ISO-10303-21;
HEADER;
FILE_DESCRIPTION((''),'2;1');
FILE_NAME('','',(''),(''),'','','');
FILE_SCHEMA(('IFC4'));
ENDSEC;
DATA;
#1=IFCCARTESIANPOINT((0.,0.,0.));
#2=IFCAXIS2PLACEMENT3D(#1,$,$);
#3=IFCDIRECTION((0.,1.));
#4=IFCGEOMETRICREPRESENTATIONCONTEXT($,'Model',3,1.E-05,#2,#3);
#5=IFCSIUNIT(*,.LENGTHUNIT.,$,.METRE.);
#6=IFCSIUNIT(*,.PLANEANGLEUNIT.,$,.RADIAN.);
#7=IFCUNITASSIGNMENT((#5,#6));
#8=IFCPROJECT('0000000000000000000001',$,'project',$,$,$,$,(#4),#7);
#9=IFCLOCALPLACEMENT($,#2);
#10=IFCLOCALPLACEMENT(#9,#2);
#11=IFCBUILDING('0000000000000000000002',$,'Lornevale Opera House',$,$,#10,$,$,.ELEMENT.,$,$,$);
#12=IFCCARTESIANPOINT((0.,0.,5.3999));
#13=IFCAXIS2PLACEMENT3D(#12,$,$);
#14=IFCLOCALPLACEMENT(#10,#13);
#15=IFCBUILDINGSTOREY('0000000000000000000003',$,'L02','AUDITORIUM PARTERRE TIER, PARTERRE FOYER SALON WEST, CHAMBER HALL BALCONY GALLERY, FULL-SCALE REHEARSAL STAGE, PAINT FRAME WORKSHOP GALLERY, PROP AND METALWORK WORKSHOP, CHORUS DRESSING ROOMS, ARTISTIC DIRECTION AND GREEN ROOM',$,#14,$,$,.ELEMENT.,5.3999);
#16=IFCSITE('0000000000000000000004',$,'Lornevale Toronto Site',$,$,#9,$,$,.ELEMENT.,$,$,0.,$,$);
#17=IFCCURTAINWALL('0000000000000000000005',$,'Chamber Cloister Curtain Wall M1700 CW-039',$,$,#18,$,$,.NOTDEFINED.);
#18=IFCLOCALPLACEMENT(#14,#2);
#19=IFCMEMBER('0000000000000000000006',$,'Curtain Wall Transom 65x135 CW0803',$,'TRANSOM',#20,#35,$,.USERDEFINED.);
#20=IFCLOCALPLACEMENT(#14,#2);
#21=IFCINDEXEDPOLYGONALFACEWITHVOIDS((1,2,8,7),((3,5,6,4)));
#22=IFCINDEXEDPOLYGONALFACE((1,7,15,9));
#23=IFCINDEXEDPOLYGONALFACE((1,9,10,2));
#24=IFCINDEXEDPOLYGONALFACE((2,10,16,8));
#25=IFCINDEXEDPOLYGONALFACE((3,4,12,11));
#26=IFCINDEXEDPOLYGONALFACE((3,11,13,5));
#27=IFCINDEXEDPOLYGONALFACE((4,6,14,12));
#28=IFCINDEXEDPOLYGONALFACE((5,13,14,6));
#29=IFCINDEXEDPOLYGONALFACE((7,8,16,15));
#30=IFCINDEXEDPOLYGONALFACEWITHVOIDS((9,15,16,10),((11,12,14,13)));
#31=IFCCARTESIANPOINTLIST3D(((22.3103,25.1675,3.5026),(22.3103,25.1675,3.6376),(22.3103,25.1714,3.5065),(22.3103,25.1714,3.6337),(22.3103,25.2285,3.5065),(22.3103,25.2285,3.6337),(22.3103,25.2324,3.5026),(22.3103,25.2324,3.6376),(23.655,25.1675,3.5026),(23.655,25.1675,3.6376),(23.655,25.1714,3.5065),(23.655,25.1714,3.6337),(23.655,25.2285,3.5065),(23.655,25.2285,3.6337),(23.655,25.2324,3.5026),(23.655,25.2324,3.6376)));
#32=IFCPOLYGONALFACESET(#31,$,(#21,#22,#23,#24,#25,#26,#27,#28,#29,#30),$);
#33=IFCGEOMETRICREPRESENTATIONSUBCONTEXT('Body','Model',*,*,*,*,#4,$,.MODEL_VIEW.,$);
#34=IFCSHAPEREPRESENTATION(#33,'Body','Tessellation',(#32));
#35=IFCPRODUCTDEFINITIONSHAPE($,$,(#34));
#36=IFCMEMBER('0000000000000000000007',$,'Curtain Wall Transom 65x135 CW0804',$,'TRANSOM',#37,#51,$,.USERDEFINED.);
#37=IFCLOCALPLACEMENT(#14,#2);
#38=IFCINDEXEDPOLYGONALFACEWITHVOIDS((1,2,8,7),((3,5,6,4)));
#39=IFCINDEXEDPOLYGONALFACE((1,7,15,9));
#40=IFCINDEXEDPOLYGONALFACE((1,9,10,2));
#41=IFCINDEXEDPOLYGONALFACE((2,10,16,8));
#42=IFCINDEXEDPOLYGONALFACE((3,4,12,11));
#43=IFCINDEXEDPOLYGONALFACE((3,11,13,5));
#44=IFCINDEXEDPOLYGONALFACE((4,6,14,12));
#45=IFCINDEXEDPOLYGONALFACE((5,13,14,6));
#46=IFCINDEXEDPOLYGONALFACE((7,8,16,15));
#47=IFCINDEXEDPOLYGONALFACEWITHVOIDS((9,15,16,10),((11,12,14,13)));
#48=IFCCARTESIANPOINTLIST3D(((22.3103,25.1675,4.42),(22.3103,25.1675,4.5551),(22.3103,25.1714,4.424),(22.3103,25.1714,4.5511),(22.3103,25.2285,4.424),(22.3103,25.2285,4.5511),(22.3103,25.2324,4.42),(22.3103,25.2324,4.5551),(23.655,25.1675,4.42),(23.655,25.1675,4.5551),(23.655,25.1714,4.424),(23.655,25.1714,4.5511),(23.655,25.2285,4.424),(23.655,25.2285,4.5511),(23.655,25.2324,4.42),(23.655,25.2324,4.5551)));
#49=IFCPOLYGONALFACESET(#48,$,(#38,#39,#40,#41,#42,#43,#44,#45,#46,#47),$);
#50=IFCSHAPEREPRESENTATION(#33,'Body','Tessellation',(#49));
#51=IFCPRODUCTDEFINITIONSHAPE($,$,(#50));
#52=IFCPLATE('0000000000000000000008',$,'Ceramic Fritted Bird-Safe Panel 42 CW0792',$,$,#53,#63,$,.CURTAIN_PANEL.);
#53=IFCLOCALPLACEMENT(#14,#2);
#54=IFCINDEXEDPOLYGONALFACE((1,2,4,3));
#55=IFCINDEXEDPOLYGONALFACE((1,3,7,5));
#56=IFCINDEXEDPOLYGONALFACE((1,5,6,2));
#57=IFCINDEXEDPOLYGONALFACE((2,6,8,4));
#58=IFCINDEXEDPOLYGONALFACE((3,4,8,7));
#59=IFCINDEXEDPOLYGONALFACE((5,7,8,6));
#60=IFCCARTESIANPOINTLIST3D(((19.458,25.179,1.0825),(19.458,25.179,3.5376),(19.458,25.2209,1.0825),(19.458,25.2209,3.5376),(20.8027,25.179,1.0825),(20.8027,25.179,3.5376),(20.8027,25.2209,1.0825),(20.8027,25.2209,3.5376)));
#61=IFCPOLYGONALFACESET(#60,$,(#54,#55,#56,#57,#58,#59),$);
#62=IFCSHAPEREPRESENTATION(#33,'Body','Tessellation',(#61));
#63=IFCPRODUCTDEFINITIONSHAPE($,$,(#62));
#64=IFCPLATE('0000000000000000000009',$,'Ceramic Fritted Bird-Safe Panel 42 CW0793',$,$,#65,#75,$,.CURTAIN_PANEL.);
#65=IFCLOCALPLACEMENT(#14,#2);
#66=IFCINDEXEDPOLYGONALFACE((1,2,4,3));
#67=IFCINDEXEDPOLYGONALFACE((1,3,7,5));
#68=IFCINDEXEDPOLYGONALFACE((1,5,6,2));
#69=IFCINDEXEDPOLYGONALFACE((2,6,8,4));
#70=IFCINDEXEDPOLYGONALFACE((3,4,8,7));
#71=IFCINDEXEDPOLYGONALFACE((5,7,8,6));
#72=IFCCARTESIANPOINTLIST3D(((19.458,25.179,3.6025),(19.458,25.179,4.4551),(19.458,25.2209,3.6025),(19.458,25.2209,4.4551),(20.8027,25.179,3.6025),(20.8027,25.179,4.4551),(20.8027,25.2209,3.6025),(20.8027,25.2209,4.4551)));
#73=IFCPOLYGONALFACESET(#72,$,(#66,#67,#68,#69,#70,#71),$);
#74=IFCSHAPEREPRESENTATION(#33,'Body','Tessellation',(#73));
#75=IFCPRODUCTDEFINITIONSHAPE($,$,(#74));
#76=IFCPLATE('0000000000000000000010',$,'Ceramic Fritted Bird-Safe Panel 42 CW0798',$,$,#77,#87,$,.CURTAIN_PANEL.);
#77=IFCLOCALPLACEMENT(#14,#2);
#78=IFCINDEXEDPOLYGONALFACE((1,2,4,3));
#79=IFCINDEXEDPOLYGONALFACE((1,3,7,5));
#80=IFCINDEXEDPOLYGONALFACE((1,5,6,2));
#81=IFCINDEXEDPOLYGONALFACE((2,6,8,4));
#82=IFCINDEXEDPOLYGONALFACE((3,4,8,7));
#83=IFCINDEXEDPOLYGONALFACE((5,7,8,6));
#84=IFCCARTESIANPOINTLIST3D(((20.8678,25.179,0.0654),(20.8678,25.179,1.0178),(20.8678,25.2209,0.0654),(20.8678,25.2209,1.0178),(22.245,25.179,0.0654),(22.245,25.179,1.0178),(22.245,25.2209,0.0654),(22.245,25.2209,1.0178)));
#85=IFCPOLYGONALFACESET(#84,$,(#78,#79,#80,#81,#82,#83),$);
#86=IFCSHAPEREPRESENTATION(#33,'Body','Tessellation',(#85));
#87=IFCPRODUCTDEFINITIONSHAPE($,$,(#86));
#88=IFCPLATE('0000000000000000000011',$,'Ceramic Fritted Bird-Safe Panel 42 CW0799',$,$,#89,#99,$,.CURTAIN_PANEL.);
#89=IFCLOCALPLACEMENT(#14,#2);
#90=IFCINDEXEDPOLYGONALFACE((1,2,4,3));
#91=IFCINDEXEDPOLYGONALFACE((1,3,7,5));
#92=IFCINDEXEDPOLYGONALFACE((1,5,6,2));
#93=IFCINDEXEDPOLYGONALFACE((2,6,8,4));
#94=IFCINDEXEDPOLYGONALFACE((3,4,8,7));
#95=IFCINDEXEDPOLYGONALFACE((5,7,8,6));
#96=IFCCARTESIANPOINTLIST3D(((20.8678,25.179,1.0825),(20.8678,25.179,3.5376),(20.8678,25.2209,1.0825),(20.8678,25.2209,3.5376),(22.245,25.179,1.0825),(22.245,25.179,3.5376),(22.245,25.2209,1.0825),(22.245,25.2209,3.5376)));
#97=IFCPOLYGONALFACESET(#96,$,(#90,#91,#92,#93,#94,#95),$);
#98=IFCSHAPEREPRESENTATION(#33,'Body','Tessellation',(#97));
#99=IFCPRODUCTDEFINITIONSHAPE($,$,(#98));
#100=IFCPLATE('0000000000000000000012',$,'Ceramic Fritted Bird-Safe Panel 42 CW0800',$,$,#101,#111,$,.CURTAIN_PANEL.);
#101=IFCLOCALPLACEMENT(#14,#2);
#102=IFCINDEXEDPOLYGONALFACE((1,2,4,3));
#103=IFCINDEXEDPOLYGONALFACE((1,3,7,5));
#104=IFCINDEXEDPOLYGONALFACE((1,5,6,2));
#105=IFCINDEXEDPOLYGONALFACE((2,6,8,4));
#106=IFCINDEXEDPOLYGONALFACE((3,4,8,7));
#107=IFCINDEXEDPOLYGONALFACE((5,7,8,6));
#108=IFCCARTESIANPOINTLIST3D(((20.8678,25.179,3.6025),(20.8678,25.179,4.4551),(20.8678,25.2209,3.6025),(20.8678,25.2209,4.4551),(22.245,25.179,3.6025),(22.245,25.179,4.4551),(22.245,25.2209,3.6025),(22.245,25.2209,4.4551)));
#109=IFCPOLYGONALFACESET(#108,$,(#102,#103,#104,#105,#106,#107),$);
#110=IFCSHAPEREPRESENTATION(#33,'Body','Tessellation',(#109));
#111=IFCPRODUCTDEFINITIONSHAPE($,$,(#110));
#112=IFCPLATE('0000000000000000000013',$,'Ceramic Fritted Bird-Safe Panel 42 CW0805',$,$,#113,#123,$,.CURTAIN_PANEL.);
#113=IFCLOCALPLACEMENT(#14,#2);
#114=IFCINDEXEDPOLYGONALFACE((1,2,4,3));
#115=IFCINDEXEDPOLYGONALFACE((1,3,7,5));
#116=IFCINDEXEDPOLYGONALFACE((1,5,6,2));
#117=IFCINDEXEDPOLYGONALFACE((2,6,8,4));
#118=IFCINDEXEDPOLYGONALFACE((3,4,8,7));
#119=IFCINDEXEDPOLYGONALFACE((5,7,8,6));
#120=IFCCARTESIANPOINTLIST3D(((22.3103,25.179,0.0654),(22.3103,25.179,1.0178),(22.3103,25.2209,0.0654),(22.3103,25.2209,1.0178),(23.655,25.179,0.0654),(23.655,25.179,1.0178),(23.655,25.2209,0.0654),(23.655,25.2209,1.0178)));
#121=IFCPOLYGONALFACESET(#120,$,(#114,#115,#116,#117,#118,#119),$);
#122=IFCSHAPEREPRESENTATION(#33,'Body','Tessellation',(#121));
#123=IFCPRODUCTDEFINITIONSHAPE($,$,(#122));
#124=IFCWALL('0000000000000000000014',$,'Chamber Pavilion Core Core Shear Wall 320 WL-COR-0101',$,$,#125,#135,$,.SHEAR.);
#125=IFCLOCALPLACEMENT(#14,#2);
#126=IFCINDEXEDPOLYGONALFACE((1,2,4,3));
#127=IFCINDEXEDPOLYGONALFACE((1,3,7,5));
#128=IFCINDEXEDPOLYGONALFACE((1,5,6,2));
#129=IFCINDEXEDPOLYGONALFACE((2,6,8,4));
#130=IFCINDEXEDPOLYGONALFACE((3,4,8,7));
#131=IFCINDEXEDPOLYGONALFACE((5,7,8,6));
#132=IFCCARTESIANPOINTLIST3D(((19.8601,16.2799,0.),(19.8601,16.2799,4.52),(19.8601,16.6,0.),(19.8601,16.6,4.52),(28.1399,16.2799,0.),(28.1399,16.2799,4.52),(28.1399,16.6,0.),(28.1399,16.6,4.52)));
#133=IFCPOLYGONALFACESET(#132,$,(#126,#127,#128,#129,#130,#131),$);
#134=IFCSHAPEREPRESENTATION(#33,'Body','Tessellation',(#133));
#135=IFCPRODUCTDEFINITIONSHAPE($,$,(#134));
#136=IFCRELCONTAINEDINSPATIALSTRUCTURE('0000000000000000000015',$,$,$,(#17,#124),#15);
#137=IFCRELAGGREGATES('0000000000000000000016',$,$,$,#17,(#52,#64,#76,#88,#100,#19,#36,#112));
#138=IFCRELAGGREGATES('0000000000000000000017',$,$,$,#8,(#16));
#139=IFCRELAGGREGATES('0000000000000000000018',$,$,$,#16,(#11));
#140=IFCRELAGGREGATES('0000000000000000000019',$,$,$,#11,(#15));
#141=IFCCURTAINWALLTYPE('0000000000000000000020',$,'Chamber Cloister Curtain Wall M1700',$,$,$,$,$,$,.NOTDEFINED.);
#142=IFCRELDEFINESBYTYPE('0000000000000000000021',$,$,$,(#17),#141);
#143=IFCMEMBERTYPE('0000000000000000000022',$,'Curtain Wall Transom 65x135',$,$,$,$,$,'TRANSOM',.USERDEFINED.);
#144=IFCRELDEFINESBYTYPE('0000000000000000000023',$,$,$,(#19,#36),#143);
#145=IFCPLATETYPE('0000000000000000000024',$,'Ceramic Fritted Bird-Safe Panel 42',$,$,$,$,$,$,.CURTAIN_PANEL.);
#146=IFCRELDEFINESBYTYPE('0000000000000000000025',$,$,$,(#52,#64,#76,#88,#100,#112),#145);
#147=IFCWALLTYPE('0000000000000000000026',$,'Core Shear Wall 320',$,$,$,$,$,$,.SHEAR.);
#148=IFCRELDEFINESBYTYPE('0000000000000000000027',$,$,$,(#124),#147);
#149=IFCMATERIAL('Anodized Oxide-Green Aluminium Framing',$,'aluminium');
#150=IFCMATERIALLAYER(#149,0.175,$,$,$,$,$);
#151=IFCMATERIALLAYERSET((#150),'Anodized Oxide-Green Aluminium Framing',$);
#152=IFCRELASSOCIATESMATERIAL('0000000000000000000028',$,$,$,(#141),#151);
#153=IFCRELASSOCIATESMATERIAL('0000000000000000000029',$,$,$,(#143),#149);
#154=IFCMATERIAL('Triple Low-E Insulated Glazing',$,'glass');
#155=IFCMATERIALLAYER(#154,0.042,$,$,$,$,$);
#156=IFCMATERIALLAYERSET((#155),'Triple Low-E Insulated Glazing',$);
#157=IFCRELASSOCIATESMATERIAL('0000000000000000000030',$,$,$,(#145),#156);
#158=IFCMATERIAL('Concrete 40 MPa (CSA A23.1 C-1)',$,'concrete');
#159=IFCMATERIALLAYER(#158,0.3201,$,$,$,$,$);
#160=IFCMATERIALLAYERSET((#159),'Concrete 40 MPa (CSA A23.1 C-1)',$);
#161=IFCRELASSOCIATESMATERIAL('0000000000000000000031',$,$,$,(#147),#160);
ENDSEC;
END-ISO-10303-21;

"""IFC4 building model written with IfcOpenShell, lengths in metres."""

from ifc_helpers import new_model, si_unit, direction, frame, frame_2d, origin, origin_2d, place, context, subcontext, project, spatial, rectangle, hollow_rectangle, extrude, material, layer, layer_set, material_profile, profile_set, type_object, element, aggregate, save


model = new_model("IFC4")

# Units and contexts
model_context = context("Model", 3, precision=1e-05, world=origin(), true_north=direction((0.0, 1.0)))
body_context = subcontext(model_context, "Body", "Model", "MODEL_VIEW")
ifc_project = project(units=[si_unit("LENGTHUNIT", "METRE"), si_unit("PLANEANGLEUNIT", "RADIAN")], contexts=[model_context])

# Site, building, storey
site_placement = place(None, origin())
site = spatial("IfcSite", under=ifc_project, at=site_placement, Name="Lornevale Toronto Site", CompositionType="ELEMENT", RefElevation=0.0)
building_placement = place(site_placement, origin())
building = spatial("IfcBuilding", under=site, at=building_placement, Name="Lornevale Opera House", CompositionType="ELEMENT")
storey_placement = place(building_placement, frame((0.0, 0.0, 5.3999)))
storey = spatial("IfcBuildingStorey", under=building, at=storey_placement, Name="L02", Description="AUDITORIUM PARTERRE TIER, PARTERRE FOYER SALON WEST, CHAMBER HALL BALCONY GALLERY, FULL-SCALE REHEARSAL STAGE, PAINT FRAME WORKSHOP GALLERY, PROP AND METALWORK WORKSHOP, CHORUS DRESSING ROOMS, ARTISTIC DIRECTION AND GREEN ROOM", CompositionType="ELEMENT", Elevation=5.3999)

# Curtain wall, members, plates
ifc_material_1 = material(Name="Anodized Oxide-Green Aluminium Framing", Category="aluminium")
ifc_layer_1 = layer(ifc_material_1, 0.175)
ifc_layer_set_1 = layer_set([ifc_layer_1], Name="Anodized Oxide-Green Aluminium Framing")
curtain_wall_type = type_object("IfcCurtainWallType", Name="Chamber Cloister Curtain Wall M1700", PredefinedType="NOTDEFINED", material=ifc_layer_set_1)
curtain_wall_placement = place(storey_placement, origin())
curtain_wall = element("IfcCurtainWall", 1, at=curtain_wall_placement, inside=storey, type_object=curtain_wall_type, Name="Chamber Cloister Curtain Wall M1700 CW-039", PredefinedType="NOTDEFINED")
ifc_material_profile_1 = material_profile(ifc_material_1, hollow_rectangle(XDim=0.0649, YDim=0.135, WallThickness=0.0039, at=origin_2d()), Name="ALU65x135x4")
ifc_profile_set_1 = profile_set([ifc_material_profile_1], Name="Anodized Oxide-Green Aluminium Framing")
member_type_1 = type_object("IfcMemberType", Name="Curtain Wall Transom 65x135", ElementType="TRANSOM", PredefinedType="USERDEFINED", material=ifc_profile_set_1)
member_1_placement = place(storey_placement, frame((22.3103, 25.2, 3.5701), z_axis=(1.0, 0.0, 0.0), x_axis=(0.0, 1.0, 0.0)))
member_1 = element("IfcMember", 2, at=member_1_placement, type_object=member_type_1, Name="Curtain Wall Transom 65x135 CW0803", ObjectType="TRANSOM", PredefinedType="USERDEFINED", context=body_context, shape_type="SweptSolid", body=[
    extrude(hollow_rectangle(XDim=0.0649, YDim=0.135, WallThickness=0.0039, at=origin_2d()), origin(), (0.0, 0.0, 1.0), 1.3447),
])
member_2_placement = place(storey_placement, frame((22.3103, 25.2, 4.4875), z_axis=(1.0, 0.0, 0.0), x_axis=(0.0, 1.0, 0.0)))
member_2 = element("IfcMember", 3, at=member_2_placement, type_object=member_type_1, Name="Curtain Wall Transom 65x135 CW0804", ObjectType="TRANSOM", PredefinedType="USERDEFINED", context=body_context, shape_type="SweptSolid", body=[
    extrude(hollow_rectangle(XDim=0.0649, YDim=0.135, WallThickness=0.0039, at=origin_2d()), origin(), (0.0, 0.0, 1.0), 1.3447),
])
ifc_material_2 = material(Name="Triple Low-E Insulated Glazing", Category="glass")
ifc_layer_2 = layer(ifc_material_2, 0.042)
ifc_layer_set_2 = layer_set([ifc_layer_2], Name="Triple Low-E Insulated Glazing")
plate_type = type_object("IfcPlateType", Name="Ceramic Fritted Bird-Safe Panel 42", PredefinedType="CURTAIN_PANEL", material=ifc_layer_set_2)
plate_1_placement = place(storey_placement, frame((20.1304, 25.2, 1.0825), z_axis=(0.0, 0.0, 1.0), x_axis=(1.0, 0.0, 0.0)))
plate_1 = element("IfcPlate", 4, at=plate_1_placement, type_object=plate_type, Name="Ceramic Fritted Bird-Safe Panel 42 CW0792", PredefinedType="CURTAIN_PANEL", context=body_context, shape_type="SweptSolid", body=[
    extrude(rectangle(XDim=1.3447, YDim=0.042, at=origin_2d()), origin(), (0.0, 0.0, 1.0), 2.4551),
])
plate_2_placement = place(storey_placement, frame((20.1304, 25.2, 3.6025), z_axis=(0.0, 0.0, 1.0), x_axis=(1.0, 0.0, 0.0)))
plate_2 = element("IfcPlate", 5, at=plate_2_placement, type_object=plate_type, Name="Ceramic Fritted Bird-Safe Panel 42 CW0793", PredefinedType="CURTAIN_PANEL", context=body_context, shape_type="SweptSolid", body=[
    extrude(rectangle(XDim=1.3447, YDim=0.042, at=origin_2d()), origin(), (0.0, 0.0, 1.0), 0.8525),
])
plate_3_placement = place(storey_placement, frame((21.5564, 25.2, 0.0654), z_axis=(0.0, 0.0, 1.0), x_axis=(1.0, 0.0, 0.0)))
plate_3 = element("IfcPlate", 6, at=plate_3_placement, type_object=plate_type, Name="Ceramic Fritted Bird-Safe Panel 42 CW0798", PredefinedType="CURTAIN_PANEL", context=body_context, shape_type="SweptSolid", body=[
    extrude(rectangle(XDim=1.3772, YDim=0.042, at=origin_2d()), origin(), (0.0, 0.0, 1.0), 0.9524),
])
plate_4_placement = place(storey_placement, frame((21.5564, 25.2, 1.0825), z_axis=(0.0, 0.0, 1.0), x_axis=(1.0, 0.0, 0.0)))
plate_4 = element("IfcPlate", 7, at=plate_4_placement, type_object=plate_type, Name="Ceramic Fritted Bird-Safe Panel 42 CW0799", PredefinedType="CURTAIN_PANEL", context=body_context, shape_type="SweptSolid", body=[
    extrude(rectangle(XDim=1.3772, YDim=0.042, at=origin_2d()), origin(), (0.0, 0.0, 1.0), 2.4551),
])
plate_5_placement = place(storey_placement, frame((21.5564, 25.2, 3.6025), z_axis=(0.0, 0.0, 1.0), x_axis=(1.0, 0.0, 0.0)))
plate_5 = element("IfcPlate", 8, at=plate_5_placement, type_object=plate_type, Name="Ceramic Fritted Bird-Safe Panel 42 CW0800", PredefinedType="CURTAIN_PANEL", context=body_context, shape_type="SweptSolid", body=[
    extrude(rectangle(XDim=1.3772, YDim=0.042, at=origin_2d()), origin(), (0.0, 0.0, 1.0), 0.8525),
])
plate_6_placement = place(storey_placement, frame((22.9827, 25.2, 0.0654), z_axis=(0.0, 0.0, 1.0), x_axis=(1.0, 0.0, 0.0)))
plate_6 = element("IfcPlate", 9, at=plate_6_placement, type_object=plate_type, Name="Ceramic Fritted Bird-Safe Panel 42 CW0805", PredefinedType="CURTAIN_PANEL", context=body_context, shape_type="SweptSolid", body=[
    extrude(rectangle(XDim=1.3447, YDim=0.042, at=origin_2d()), origin(), (0.0, 0.0, 1.0), 0.9524),
])
aggregate(curtain_wall, [plate_1, plate_2, plate_3, plate_4, plate_5, member_1, member_2, plate_6])

# Wall
ifc_material_3 = material(Name="Concrete 40 MPa (CSA A23.1 C-1)", Category="concrete")
ifc_layer_3 = layer(ifc_material_3, 0.3201)
ifc_layer_set_3 = layer_set([ifc_layer_3], Name="Concrete 40 MPa (CSA A23.1 C-1)")
wall_type = type_object("IfcWallType", Name="Core Shear Wall 320", PredefinedType="SHEAR", material=ifc_layer_set_3)
wall_placement = place(storey_placement, frame((28.1399, 16.4399, 0.0), z_axis=(0.0, 0.0, 1.0), x_axis=(-1.0, 0.0, 0.0)))
element("IfcWall", 10, at=wall_placement, inside=storey, type_object=wall_type, Name="Chamber Pavilion Core Core Shear Wall 320 WL-COR-0101", PredefinedType="SHEAR", context=body_context, shape_type="SweptSolid", body=[
    extrude(rectangle(XDim=8.2798, YDim=0.3201, at=frame_2d((4.1399, 0.0))), origin(), (0.0, 0.0, 1.0), 4.52),
])

save(model, "model.ifc")
